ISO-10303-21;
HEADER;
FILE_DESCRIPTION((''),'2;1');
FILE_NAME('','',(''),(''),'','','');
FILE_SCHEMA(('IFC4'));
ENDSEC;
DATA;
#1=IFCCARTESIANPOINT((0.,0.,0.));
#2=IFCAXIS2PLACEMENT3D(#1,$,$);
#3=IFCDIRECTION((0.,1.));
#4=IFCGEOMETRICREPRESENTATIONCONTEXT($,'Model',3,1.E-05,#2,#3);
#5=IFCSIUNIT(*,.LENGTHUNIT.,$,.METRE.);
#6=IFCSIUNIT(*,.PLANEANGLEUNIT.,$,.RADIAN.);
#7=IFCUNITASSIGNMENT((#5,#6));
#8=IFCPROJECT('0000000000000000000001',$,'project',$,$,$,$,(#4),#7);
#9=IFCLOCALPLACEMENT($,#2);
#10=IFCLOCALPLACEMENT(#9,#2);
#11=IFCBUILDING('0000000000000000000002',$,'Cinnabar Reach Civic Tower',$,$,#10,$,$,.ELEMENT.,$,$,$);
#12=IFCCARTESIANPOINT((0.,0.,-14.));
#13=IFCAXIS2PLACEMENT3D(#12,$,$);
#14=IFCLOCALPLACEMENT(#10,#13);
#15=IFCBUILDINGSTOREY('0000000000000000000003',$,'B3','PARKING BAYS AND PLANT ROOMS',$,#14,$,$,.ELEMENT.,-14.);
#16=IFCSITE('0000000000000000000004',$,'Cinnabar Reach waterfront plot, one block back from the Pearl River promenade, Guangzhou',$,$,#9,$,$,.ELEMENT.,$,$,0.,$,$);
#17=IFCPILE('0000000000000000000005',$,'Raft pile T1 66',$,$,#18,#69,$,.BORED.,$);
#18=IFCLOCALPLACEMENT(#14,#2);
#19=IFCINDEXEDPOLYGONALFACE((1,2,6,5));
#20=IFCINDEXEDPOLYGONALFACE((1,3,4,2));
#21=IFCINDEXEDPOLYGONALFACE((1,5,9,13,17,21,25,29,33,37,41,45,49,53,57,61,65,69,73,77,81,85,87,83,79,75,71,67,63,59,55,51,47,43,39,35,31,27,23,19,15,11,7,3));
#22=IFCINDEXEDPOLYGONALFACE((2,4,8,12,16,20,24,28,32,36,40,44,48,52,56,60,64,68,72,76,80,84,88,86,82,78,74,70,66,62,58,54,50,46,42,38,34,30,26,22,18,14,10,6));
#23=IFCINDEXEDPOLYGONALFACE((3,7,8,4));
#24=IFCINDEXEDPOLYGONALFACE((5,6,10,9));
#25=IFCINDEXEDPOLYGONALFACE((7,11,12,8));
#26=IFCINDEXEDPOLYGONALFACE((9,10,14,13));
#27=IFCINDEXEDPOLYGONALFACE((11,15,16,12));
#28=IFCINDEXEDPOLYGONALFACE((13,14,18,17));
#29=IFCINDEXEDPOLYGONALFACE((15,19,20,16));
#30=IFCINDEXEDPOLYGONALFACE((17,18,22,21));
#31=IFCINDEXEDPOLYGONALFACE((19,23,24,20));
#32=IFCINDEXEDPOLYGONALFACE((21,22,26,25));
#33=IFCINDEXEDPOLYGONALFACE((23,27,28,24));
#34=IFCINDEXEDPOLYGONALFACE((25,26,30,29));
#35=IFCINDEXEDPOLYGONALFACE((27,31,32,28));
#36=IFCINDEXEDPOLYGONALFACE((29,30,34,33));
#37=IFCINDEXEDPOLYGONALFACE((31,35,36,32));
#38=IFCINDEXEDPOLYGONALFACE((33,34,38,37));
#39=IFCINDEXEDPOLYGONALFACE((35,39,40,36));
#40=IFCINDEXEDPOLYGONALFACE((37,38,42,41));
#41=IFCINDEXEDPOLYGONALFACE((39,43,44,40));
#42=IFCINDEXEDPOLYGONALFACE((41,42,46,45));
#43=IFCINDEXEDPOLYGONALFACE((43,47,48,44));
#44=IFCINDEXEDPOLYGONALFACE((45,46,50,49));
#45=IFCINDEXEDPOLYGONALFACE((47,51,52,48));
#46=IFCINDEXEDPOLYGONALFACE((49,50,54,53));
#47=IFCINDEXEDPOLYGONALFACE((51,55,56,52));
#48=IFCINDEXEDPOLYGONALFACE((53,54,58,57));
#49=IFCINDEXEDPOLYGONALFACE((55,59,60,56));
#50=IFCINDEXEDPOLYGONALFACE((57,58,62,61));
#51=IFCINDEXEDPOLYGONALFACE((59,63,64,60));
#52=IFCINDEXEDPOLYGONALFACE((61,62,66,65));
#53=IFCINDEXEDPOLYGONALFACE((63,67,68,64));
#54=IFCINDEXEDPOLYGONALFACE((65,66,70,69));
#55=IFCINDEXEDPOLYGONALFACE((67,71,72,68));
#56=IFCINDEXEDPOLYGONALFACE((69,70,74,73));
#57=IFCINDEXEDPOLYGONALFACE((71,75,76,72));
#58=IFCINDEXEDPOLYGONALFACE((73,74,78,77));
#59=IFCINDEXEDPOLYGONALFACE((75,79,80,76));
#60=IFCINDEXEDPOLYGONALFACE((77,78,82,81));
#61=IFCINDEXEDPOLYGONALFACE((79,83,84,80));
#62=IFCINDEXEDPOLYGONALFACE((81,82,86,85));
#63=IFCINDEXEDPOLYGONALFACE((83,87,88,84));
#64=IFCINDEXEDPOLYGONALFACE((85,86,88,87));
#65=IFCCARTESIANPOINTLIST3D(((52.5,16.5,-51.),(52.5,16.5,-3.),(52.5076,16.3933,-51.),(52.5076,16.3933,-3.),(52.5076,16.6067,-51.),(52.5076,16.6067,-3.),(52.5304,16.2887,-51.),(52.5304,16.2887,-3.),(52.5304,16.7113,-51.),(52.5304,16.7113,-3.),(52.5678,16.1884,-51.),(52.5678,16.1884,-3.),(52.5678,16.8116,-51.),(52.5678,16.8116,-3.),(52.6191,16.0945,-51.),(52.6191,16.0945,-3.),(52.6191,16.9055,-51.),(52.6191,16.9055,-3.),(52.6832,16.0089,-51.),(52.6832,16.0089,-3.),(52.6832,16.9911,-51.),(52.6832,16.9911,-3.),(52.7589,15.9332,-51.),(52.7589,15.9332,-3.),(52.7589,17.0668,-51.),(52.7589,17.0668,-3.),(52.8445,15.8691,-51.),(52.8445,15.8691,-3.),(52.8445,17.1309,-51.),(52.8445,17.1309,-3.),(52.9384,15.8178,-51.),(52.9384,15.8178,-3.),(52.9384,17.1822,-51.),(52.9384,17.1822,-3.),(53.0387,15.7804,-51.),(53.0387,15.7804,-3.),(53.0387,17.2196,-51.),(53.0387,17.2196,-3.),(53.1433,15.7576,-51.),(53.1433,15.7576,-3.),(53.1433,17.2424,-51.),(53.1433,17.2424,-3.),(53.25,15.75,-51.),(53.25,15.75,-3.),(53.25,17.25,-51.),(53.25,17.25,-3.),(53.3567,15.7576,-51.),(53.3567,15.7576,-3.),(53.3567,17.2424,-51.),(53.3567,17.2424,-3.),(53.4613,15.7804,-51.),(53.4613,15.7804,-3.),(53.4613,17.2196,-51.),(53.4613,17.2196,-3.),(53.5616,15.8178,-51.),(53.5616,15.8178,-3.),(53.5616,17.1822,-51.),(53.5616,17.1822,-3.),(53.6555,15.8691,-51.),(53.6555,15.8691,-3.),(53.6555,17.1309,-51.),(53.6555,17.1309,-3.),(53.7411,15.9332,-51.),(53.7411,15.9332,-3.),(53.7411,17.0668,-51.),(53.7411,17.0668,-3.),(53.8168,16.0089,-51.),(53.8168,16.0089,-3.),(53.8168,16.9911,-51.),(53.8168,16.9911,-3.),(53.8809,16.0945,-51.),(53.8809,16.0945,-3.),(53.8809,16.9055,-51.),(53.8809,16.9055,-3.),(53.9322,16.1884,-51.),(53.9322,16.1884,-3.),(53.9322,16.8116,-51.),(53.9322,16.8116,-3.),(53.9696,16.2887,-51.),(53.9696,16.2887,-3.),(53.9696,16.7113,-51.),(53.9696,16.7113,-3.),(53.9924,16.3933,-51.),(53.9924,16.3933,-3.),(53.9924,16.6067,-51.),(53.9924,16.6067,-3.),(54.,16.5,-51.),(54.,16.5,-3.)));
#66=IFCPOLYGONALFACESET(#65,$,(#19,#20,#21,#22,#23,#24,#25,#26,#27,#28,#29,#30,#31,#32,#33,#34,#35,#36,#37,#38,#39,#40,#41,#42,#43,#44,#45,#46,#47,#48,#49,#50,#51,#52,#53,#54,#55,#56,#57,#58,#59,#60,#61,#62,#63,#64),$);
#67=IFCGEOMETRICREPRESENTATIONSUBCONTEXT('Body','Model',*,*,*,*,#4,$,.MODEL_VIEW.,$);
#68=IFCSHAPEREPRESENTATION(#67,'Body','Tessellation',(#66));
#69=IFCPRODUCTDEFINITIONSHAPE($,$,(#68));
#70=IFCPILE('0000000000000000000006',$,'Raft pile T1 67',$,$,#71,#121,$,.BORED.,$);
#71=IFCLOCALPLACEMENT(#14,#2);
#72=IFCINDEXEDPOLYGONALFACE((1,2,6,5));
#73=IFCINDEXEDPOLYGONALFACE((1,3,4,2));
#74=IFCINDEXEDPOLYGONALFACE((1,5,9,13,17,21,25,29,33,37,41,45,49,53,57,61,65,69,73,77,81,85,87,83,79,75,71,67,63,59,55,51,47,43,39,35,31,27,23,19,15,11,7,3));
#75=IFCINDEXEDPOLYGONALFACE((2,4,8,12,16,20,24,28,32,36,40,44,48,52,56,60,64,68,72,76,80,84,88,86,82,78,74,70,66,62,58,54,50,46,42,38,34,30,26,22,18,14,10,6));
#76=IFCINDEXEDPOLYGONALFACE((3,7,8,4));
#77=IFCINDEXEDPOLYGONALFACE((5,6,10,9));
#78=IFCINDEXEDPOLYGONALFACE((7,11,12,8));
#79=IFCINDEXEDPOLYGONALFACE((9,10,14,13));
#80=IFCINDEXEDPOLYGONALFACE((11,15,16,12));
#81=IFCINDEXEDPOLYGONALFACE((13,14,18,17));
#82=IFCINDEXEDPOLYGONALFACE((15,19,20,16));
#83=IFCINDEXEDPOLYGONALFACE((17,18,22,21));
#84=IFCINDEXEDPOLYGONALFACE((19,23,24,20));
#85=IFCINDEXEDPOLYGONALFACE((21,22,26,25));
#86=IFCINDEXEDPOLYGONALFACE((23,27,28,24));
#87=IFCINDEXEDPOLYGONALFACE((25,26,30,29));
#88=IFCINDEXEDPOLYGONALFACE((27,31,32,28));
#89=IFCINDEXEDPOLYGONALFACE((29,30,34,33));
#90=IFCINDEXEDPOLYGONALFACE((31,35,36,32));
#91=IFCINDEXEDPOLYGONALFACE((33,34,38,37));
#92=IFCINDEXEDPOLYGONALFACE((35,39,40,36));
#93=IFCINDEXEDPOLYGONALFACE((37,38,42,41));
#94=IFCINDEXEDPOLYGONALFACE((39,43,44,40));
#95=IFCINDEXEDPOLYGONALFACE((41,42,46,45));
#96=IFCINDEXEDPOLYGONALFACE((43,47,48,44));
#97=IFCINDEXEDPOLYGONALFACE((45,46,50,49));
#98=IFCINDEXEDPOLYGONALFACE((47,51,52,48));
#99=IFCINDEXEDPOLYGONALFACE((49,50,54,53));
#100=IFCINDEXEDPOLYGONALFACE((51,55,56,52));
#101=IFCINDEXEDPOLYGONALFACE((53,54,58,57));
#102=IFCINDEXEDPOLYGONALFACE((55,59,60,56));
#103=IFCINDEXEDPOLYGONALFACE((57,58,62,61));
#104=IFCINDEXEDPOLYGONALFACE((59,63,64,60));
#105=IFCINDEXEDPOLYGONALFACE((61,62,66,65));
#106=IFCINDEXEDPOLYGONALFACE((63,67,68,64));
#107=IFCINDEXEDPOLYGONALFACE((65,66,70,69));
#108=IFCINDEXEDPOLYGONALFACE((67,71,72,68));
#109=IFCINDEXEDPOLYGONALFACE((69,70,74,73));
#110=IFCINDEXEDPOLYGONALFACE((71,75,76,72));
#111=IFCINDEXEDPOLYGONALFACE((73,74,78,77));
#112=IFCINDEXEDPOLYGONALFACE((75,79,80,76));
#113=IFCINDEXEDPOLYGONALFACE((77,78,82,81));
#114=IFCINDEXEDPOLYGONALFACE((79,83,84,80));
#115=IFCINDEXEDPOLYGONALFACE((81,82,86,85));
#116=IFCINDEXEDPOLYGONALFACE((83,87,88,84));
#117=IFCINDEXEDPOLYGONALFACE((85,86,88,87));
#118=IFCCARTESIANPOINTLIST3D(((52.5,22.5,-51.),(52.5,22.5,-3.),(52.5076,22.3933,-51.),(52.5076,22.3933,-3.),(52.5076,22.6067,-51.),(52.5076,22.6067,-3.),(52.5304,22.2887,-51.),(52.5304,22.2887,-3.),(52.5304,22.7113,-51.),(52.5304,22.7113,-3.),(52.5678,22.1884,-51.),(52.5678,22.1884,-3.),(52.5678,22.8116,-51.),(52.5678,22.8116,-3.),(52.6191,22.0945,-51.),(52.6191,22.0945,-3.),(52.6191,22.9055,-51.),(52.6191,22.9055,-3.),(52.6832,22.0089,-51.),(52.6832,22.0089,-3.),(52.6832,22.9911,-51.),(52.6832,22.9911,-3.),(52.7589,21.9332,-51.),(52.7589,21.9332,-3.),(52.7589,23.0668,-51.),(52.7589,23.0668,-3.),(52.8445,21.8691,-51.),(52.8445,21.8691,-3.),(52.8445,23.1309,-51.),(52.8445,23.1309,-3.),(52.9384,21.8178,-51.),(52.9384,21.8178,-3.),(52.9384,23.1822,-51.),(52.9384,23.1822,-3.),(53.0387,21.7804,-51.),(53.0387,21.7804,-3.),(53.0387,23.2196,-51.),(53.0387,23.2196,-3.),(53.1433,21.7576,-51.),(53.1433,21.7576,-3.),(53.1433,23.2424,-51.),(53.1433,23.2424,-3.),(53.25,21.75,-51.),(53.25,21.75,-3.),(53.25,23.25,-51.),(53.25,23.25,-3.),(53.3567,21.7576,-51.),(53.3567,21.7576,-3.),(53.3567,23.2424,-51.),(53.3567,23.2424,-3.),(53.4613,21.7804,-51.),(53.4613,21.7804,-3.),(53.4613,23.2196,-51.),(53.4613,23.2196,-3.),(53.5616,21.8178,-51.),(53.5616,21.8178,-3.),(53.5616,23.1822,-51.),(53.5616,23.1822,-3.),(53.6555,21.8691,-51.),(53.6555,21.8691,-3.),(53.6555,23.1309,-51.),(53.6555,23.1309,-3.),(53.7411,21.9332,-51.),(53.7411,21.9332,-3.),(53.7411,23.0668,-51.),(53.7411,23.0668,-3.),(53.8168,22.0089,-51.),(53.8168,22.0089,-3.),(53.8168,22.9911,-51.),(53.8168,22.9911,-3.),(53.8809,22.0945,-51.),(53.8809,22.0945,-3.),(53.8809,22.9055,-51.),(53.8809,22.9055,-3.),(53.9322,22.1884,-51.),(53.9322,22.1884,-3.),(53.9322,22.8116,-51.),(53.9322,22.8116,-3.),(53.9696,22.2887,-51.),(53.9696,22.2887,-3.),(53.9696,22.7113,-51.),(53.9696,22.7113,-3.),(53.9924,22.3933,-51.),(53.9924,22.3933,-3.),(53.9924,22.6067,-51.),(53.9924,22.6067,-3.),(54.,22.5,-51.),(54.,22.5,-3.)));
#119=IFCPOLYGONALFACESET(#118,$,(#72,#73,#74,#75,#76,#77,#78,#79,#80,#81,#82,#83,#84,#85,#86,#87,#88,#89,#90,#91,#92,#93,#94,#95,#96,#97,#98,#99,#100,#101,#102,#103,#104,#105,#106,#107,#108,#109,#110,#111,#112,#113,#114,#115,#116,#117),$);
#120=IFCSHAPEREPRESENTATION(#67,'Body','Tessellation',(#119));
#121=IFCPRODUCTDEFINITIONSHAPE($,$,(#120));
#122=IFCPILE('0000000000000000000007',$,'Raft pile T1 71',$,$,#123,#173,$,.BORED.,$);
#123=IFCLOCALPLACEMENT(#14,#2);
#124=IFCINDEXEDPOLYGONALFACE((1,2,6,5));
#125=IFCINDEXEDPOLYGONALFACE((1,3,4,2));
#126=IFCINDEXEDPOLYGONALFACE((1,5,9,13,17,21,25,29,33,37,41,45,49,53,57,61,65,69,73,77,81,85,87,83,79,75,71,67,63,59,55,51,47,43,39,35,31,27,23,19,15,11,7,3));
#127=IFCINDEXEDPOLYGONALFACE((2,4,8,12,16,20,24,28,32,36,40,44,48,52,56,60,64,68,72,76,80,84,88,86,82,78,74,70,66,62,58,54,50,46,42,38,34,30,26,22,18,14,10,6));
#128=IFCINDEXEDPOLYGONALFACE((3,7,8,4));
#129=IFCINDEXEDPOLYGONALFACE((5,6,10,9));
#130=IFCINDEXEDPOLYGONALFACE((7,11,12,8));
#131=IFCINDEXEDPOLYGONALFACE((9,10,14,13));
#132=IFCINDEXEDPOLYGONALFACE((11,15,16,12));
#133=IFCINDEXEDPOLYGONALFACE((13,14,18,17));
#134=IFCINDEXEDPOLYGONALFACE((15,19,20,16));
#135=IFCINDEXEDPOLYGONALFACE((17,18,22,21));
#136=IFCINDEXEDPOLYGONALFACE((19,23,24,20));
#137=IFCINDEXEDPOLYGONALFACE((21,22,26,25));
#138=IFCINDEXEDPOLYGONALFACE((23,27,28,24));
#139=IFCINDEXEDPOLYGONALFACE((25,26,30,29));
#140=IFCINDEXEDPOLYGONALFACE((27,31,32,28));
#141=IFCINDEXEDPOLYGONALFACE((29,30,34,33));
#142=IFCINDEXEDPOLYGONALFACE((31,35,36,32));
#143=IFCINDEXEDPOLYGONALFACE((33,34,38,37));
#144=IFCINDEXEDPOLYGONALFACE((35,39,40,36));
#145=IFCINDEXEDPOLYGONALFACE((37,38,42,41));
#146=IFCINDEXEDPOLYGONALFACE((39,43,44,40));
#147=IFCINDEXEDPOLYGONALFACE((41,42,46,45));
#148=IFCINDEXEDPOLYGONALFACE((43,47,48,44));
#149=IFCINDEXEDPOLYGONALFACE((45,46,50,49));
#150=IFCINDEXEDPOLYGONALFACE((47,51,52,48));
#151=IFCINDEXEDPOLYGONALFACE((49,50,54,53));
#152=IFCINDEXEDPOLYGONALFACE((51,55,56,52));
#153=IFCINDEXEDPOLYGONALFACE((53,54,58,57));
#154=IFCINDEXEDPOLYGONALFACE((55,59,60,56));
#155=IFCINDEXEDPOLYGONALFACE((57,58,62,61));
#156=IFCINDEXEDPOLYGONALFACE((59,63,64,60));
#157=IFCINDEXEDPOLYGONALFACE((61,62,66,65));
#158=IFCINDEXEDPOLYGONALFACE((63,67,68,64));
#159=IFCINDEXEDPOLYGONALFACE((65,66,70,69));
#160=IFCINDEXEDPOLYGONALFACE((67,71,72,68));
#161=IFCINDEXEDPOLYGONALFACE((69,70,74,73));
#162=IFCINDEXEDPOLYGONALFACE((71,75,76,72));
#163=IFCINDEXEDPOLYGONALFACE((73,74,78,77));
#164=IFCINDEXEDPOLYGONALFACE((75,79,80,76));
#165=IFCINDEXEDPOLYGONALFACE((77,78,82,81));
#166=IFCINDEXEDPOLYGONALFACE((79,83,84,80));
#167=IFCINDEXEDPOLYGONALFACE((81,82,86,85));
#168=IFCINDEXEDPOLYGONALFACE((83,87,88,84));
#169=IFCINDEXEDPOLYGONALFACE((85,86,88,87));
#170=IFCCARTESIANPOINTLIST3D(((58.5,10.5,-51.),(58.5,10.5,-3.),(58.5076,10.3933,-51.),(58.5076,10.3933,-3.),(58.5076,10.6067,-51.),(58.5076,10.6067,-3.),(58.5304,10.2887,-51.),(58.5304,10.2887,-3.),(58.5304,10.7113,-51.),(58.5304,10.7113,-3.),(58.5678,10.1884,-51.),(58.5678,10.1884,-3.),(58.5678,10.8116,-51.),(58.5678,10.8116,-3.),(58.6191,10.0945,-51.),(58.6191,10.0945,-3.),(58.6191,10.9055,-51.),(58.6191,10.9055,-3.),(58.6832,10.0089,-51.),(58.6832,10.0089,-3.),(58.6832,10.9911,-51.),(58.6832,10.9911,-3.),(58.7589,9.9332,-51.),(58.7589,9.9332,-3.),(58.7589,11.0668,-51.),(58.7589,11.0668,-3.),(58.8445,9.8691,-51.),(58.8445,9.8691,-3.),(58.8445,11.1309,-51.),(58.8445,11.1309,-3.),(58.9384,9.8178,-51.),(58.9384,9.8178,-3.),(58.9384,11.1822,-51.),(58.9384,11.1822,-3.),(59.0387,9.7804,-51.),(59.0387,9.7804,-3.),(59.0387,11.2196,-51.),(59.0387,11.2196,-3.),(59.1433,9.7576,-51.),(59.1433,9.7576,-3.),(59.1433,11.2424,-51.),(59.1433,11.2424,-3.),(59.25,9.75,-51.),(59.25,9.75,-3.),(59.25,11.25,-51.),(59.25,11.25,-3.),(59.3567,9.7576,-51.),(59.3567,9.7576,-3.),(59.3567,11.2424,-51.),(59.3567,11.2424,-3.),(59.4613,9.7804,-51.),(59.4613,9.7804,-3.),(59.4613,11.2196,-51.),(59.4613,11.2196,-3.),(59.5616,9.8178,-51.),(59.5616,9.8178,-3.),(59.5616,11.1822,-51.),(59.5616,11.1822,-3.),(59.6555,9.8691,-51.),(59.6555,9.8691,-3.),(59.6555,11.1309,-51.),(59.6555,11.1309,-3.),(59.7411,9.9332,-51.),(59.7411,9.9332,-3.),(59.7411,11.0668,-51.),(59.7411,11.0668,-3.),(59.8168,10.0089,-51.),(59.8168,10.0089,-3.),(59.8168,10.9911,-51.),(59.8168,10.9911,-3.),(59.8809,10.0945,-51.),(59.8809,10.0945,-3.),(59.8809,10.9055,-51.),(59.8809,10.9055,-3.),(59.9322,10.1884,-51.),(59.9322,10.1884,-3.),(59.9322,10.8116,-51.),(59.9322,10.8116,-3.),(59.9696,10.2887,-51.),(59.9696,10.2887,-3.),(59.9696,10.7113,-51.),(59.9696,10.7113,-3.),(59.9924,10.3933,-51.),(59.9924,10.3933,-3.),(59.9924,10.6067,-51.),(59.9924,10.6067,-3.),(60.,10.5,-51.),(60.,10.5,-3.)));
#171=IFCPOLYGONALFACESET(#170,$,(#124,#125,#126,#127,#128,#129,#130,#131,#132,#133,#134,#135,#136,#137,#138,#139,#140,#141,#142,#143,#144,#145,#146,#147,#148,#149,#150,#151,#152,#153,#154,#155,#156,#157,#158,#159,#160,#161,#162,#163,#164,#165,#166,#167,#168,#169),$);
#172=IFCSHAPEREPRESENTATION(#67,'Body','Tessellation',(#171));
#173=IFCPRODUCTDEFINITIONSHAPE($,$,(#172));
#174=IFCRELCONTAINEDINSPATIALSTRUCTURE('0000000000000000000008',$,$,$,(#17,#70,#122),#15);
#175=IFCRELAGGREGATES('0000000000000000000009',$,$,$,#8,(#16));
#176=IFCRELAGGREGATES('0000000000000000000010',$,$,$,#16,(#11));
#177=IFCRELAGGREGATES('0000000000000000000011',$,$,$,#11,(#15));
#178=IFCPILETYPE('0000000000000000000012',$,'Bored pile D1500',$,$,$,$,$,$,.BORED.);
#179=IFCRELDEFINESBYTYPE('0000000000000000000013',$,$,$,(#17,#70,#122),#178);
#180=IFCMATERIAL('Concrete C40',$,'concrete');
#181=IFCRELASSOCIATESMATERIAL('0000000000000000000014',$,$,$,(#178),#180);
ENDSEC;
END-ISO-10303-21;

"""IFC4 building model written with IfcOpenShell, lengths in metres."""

from ifc_helpers import new_model, si_unit, direction, frame, origin, origin_2d, place, context, subcontext, project, spatial, circle, extrude, material, type_object, element, save


model = new_model("IFC4")

# Units and contexts
model_context = context("Model", 3, precision=1e-05, world=origin(), true_north=direction((0.0, 1.0)))
body_context = subcontext(model_context, "Body", "Model", "MODEL_VIEW")
ifc_project = project(units=[si_unit("LENGTHUNIT", "METRE"), si_unit("PLANEANGLEUNIT", "RADIAN")], contexts=[model_context])

# Site, building, storey
site_placement = place(None, origin())
site = spatial("IfcSite", under=ifc_project, at=site_placement, Name="Cinnabar Reach waterfront plot, one block back from the Pearl River promenade, Guangzhou", CompositionType="ELEMENT", RefElevation=0.0)
building_placement = place(site_placement, origin())
building = spatial("IfcBuilding", under=site, at=building_placement, Name="Cinnabar Reach Civic Tower", CompositionType="ELEMENT")
storey_placement = place(building_placement, frame((0.0, 0.0, -14.0)))
storey = spatial("IfcBuildingStorey", under=building, at=storey_placement, Name="B3", Description="PARKING BAYS AND PLANT ROOMS", CompositionType="ELEMENT", Elevation=-14.0)

# Piles
ifc_material_1 = material(Name="Concrete C40", Category="concrete")
pile_type_1 = type_object("IfcPileType", Name="Bored pile D1500", PredefinedType="BORED", material=ifc_material_1)
for number, where, z_axis, x_axis, name in (
    (1, (53.25, 16.5, -3.0), (0.0, 0.0, -1.0), (1.0, 0.0, 0.0), "Raft pile T1 66"),
    (2, (53.25, 22.5, -3.0), (0.0, 0.0, -1.0), (1.0, 0.0, 0.0), "Raft pile T1 67"),
    (3, (59.25, 10.5, -3.0), (0.0, 0.0, -1.0), (1.0, 0.0, 0.0), "Raft pile T1 71"),
):
    element("IfcPile", number, at=place(storey_placement, frame(where, z_axis=z_axis, x_axis=x_axis)), inside=storey, type_object=pile_type_1, Name=name, PredefinedType="BORED", context=body_context, shape_type="SweptSolid", body=[
        extrude(circle(Radius=0.75, at=origin_2d()), origin(), (0.0, 0.0, 1.0), 48.0),
    ])

save(model, "model.ifc")
